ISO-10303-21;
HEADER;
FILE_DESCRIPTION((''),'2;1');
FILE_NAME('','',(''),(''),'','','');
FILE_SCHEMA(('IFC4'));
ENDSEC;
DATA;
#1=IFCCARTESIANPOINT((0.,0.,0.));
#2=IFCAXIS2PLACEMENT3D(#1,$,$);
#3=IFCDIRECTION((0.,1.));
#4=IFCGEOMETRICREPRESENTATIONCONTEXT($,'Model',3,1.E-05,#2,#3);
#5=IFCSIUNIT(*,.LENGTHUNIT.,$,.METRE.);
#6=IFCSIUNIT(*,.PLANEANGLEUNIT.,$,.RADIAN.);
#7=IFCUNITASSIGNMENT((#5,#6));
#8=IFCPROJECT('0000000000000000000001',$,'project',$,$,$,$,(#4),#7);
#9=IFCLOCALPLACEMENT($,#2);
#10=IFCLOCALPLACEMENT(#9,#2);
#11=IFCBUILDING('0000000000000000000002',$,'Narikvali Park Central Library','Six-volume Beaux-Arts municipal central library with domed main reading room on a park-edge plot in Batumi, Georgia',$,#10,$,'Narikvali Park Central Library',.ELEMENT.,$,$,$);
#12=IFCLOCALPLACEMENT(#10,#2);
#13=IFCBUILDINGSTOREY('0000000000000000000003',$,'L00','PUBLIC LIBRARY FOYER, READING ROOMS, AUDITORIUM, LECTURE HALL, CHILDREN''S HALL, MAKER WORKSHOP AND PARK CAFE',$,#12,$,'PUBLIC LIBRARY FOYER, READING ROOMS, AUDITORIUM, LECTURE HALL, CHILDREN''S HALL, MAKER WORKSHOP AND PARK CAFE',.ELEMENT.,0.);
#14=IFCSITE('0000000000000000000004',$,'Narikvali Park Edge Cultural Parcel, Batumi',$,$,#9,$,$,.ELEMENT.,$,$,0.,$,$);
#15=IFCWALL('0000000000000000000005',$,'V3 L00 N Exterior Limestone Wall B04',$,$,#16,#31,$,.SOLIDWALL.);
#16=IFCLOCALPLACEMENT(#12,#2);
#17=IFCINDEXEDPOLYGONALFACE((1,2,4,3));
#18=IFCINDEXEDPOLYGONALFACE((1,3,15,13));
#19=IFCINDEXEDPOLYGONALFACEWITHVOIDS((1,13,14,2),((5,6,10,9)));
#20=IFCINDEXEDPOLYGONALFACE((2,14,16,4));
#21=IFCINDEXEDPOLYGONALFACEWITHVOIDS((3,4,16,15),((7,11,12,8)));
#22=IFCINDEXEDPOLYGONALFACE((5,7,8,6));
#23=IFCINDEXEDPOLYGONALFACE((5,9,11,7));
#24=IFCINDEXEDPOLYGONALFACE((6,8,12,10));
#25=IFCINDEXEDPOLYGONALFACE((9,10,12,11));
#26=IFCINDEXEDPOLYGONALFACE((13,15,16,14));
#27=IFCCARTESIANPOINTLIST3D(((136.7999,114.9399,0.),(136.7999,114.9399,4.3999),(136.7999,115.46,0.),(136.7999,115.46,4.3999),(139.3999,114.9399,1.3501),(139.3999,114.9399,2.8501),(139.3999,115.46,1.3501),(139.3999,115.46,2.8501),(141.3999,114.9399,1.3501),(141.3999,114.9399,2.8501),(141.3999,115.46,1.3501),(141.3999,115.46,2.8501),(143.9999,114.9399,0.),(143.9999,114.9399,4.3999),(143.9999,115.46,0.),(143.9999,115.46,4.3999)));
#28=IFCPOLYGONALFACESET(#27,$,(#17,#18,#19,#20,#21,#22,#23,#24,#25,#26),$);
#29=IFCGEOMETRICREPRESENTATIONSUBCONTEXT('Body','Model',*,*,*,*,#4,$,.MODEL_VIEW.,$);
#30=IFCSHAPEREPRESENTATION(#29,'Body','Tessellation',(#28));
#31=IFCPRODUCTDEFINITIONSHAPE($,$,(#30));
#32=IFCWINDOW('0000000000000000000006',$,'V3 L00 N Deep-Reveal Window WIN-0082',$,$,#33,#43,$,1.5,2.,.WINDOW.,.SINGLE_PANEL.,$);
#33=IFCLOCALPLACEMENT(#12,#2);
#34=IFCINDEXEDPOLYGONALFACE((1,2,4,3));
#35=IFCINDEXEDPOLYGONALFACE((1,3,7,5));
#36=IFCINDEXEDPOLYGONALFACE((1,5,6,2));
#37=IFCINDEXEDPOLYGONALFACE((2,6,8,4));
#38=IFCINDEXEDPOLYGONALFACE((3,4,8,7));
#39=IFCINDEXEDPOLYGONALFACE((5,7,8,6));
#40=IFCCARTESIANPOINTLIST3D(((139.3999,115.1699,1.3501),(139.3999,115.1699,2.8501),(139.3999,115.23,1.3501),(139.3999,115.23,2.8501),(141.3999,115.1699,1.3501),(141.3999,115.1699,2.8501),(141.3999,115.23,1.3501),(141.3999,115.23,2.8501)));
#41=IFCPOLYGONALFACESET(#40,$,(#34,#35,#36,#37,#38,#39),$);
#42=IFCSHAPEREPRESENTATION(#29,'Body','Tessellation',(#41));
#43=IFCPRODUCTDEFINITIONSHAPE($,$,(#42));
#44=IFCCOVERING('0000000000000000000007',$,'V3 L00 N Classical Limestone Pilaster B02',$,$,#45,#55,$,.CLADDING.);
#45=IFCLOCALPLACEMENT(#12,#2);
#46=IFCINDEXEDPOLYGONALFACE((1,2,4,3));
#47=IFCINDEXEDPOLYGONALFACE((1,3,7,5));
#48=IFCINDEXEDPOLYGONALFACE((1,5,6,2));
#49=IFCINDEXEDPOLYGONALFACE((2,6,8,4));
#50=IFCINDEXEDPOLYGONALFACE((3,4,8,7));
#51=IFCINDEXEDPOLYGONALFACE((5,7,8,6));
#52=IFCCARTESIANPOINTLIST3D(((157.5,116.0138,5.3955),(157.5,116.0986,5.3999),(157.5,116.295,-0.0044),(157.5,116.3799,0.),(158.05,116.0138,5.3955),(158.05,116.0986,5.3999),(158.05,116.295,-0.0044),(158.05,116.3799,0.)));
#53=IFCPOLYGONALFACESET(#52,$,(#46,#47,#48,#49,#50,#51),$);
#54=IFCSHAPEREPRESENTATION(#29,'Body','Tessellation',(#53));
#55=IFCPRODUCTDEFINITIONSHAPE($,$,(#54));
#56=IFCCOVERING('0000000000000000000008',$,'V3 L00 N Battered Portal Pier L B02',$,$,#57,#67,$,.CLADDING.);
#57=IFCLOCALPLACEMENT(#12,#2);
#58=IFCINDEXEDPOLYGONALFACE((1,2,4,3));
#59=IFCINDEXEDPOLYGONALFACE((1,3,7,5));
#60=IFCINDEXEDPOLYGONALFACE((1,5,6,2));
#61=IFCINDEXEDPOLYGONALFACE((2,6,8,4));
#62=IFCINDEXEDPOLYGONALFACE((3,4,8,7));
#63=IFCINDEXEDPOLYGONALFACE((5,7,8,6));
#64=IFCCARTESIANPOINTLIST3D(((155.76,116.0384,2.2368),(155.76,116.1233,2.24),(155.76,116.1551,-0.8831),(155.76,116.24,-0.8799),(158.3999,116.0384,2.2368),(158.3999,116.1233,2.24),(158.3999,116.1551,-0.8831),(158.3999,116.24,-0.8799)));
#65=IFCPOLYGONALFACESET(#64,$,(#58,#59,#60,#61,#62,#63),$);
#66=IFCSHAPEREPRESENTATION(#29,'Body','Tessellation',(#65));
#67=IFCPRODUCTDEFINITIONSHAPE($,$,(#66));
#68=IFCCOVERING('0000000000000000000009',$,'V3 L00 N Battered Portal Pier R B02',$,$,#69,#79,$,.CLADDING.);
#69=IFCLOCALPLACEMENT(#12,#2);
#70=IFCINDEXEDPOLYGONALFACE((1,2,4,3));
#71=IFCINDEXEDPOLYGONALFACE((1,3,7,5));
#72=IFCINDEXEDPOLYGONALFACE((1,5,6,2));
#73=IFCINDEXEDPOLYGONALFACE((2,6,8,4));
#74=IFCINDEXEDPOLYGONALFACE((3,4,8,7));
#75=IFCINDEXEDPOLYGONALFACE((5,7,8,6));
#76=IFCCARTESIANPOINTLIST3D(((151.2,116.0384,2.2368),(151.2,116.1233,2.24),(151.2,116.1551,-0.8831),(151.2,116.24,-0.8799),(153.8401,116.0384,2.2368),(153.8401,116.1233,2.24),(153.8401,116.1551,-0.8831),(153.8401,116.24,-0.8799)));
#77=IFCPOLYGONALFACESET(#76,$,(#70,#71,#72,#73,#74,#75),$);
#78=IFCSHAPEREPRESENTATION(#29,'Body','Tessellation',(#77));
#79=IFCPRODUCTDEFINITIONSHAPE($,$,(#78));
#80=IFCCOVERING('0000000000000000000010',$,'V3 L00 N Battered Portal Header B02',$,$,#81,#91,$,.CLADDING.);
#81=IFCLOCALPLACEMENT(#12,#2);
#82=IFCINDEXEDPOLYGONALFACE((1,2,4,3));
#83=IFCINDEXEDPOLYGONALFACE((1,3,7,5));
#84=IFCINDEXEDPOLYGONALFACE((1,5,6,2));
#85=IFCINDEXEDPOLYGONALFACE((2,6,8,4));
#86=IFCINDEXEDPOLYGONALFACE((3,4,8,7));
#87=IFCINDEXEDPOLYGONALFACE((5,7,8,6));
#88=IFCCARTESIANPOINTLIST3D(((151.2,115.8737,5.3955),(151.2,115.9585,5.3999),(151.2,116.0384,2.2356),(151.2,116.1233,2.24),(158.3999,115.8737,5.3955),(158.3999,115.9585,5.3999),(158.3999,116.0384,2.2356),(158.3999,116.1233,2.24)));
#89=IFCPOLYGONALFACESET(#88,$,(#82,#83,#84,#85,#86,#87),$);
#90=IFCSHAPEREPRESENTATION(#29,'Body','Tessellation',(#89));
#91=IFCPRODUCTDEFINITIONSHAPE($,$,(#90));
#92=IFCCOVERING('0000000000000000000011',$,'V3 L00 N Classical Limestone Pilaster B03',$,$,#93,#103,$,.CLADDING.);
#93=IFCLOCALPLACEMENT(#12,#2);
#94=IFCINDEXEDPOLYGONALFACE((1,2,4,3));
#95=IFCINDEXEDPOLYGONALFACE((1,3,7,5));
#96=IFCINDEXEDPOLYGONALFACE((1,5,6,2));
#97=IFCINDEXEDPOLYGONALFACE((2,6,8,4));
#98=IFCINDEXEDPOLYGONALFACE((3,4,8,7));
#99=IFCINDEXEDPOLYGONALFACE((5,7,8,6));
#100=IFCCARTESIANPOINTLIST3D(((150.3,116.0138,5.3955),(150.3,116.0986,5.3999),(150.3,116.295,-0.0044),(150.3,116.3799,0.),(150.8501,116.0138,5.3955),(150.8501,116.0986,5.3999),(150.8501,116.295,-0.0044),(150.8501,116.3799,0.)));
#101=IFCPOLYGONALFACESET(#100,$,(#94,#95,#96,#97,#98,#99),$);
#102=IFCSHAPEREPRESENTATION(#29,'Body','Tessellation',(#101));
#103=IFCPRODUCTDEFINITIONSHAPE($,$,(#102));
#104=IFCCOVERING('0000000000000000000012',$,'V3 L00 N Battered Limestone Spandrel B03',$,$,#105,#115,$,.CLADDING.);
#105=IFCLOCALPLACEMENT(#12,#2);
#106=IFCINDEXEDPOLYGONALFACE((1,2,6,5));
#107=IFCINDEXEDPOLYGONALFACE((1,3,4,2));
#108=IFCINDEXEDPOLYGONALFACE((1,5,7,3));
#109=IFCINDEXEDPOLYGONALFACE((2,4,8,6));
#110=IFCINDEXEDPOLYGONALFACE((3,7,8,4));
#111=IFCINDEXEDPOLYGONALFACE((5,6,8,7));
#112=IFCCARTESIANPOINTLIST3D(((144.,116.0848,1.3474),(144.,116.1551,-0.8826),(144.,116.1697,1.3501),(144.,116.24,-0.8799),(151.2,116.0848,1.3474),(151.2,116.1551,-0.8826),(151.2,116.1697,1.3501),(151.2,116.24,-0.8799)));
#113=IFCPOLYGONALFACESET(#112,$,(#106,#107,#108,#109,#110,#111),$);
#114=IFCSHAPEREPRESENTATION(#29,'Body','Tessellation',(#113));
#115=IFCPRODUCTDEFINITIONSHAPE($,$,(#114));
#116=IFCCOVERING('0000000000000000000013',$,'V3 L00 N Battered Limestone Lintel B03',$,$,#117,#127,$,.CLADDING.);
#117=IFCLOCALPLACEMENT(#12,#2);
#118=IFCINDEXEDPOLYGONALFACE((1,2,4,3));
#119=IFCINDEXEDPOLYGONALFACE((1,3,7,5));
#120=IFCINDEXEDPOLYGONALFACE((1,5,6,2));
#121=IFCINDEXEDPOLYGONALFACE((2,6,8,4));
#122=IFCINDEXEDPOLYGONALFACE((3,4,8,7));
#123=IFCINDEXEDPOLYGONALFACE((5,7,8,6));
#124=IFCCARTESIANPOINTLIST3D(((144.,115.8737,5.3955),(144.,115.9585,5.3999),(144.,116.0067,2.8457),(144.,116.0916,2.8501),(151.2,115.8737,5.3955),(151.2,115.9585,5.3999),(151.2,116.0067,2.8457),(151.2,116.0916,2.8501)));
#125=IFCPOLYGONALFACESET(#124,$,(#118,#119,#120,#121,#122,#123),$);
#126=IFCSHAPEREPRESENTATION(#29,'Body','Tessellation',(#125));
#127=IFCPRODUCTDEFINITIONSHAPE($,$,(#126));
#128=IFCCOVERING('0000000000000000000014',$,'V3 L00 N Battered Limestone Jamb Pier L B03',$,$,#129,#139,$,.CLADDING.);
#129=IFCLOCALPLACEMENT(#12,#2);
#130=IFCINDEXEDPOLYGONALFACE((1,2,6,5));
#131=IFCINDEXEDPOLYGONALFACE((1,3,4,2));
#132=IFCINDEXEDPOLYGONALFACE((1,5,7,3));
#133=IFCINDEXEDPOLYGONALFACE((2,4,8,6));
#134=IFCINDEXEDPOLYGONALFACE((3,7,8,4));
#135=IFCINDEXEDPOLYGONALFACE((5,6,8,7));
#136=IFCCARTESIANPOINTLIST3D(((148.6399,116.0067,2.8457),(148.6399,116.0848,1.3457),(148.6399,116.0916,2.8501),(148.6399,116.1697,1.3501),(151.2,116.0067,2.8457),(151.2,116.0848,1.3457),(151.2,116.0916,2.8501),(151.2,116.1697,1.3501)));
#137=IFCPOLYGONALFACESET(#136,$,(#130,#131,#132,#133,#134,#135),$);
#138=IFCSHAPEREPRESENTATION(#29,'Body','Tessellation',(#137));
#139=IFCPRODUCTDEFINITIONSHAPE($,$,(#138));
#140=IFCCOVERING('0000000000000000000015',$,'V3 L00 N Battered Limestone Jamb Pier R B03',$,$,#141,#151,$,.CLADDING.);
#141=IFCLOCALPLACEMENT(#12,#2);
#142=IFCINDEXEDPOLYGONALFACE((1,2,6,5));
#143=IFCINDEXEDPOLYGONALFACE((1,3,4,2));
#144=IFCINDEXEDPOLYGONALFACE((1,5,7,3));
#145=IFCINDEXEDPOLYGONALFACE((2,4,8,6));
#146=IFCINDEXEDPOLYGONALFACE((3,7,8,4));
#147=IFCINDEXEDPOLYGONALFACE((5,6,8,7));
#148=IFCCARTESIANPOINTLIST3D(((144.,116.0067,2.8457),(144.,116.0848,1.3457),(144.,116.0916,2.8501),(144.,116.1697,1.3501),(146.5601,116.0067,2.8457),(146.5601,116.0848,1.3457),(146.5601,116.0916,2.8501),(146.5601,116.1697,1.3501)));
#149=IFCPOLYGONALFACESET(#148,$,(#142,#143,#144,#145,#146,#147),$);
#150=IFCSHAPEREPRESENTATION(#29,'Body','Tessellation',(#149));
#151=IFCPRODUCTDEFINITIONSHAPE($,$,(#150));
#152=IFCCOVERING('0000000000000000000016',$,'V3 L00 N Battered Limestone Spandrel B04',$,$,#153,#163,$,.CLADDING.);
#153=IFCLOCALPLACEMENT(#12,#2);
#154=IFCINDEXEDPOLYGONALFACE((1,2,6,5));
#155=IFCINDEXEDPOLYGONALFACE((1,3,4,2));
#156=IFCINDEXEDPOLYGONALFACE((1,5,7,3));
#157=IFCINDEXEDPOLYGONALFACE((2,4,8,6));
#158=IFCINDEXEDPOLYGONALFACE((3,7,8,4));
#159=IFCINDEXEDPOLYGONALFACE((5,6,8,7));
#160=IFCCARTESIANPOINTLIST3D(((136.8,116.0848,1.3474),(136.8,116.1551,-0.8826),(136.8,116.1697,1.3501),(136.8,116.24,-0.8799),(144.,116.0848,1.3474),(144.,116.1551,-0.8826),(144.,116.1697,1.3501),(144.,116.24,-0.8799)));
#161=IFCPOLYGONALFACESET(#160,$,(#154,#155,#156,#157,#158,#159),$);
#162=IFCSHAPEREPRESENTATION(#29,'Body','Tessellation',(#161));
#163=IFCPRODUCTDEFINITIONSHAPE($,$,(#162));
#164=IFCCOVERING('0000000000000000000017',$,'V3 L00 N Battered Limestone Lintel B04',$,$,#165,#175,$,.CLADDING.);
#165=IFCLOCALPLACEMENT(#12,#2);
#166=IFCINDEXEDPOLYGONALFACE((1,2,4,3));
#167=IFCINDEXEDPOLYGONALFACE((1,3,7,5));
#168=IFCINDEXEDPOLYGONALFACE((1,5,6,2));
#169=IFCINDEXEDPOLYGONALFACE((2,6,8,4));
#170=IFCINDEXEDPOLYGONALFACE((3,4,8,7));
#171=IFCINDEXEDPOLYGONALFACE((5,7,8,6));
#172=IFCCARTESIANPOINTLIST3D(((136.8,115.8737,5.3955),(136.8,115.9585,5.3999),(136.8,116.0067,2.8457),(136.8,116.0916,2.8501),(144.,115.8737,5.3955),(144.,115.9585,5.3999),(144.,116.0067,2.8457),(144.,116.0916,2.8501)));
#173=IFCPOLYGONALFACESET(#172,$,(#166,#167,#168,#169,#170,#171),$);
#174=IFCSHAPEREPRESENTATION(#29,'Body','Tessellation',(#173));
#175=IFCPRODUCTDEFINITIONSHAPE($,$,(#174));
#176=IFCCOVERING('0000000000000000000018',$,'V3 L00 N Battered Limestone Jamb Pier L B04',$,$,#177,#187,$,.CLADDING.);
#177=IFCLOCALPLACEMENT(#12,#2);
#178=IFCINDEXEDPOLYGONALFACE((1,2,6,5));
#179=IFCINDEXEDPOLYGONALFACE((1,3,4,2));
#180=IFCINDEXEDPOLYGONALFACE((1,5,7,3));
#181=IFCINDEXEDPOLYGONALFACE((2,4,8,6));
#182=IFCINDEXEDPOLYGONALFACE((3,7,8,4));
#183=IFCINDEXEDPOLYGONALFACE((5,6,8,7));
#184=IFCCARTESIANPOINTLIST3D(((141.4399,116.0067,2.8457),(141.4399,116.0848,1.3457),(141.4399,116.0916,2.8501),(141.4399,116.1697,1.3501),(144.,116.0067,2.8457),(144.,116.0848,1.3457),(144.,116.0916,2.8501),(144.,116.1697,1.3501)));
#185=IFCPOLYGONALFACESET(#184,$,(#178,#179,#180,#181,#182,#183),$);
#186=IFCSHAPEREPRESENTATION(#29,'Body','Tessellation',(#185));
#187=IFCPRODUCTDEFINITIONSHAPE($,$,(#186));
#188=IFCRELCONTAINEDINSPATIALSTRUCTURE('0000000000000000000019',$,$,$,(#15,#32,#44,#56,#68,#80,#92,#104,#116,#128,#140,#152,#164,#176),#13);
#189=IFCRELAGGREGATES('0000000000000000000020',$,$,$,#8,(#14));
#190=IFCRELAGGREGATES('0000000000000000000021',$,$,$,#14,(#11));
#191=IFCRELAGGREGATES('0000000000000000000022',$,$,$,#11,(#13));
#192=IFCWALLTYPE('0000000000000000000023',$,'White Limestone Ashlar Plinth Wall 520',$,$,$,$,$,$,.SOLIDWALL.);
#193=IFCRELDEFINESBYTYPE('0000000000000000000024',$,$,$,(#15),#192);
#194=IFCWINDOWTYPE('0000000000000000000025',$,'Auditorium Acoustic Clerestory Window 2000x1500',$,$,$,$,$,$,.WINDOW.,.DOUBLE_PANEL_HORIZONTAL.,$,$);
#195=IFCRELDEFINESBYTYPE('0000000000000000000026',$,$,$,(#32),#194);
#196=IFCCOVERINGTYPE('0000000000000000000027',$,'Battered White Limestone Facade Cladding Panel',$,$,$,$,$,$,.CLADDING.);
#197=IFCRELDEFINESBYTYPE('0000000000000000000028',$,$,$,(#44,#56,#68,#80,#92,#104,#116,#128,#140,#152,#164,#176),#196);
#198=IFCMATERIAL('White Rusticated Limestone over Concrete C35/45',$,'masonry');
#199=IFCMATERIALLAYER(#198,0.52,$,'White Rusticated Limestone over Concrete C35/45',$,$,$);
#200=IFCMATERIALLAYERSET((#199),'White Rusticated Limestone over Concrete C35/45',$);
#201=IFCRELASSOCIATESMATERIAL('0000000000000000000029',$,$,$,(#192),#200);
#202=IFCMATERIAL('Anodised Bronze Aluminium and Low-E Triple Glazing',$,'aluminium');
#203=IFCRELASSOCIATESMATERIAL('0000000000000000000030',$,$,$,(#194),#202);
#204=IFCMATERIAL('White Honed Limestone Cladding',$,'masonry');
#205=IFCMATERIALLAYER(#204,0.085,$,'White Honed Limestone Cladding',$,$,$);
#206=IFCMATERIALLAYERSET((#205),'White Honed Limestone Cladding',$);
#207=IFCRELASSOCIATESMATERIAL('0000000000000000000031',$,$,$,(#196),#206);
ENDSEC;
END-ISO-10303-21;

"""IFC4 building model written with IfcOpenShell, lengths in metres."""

from ifc_helpers import new_model, si_unit, direction, frame, frame_2d, origin, place, context, subcontext, project, spatial, polyline, rectangle, outline, extrude, material, layer, layer_set, type_object, element, fill, save


model = new_model("IFC4")

# Units and contexts
model_context = context("Model", 3, precision=1e-05, world=origin(), true_north=direction((0.0, 1.0)))
body_context = subcontext(model_context, "Body", "Model", "MODEL_VIEW")
ifc_project = project(units=[si_unit("LENGTHUNIT", "METRE"), si_unit("PLANEANGLEUNIT", "RADIAN")], contexts=[model_context])

# Site, building, storey
site_placement = place(None, origin())
site = spatial("IfcSite", under=ifc_project, at=site_placement, Name="Narikvali Park Edge Cultural Parcel, Batumi", CompositionType="ELEMENT", RefElevation=0.0)
building_placement = place(site_placement, origin())
building = spatial("IfcBuilding", under=site, at=building_placement, Name="Narikvali Park Central Library", Description="Six-volume Beaux-Arts municipal central library with domed main reading room on a park-edge plot in Batumi, Georgia", LongName="Narikvali Park Central Library", CompositionType="ELEMENT")
storey_placement = place(building_placement, origin())
storey = spatial("IfcBuildingStorey", under=building, at=storey_placement, Name="L00", Description="PUBLIC LIBRARY FOYER, READING ROOMS, AUDITORIUM, LECTURE HALL, CHILDREN'S HALL, MAKER WORKSHOP AND PARK CAFE", LongName="PUBLIC LIBRARY FOYER, READING ROOMS, AUDITORIUM, LECTURE HALL, CHILDREN'S HALL, MAKER WORKSHOP AND PARK CAFE", CompositionType="ELEMENT", Elevation=0.0)

# Shared definitions
ifc_material_1 = material(Name="White Rusticated Limestone over Concrete C35/45", Category="masonry")
ifc_layer_1 = layer(ifc_material_1, 0.52, Name="White Rusticated Limestone over Concrete C35/45")
ifc_layer_set_1 = layer_set([ifc_layer_1], Name="White Rusticated Limestone over Concrete C35/45")
wall_type = type_object("IfcWallType", Name="White Limestone Ashlar Plinth Wall 520", PredefinedType="SOLIDWALL", material=ifc_layer_set_1)

# Wall, opening, window
ifc_material_2 = material(Name="Anodised Bronze Aluminium and Low-E Triple Glazing", Category="aluminium")
window_type = type_object("IfcWindowType", Name="Auditorium Acoustic Clerestory Window 2000x1500", PartitioningType="DOUBLE_PANEL_HORIZONTAL", PredefinedType="WINDOW", material=ifc_material_2)
wall_1_placement = place(storey_placement, frame((144.0, 115.2, 0.0), z_axis=(0.0, 0.0, 1.0), x_axis=(-1.0, 0.0, 0.0)))
wall_1 = element("IfcWall", 1, at=wall_1_placement, inside=storey, type_object=wall_type, Name="V3 L00 N Exterior Limestone Wall B04", PredefinedType="SOLIDWALL", context=body_context, shape_type="SweptSolid", body=[
    extrude(rectangle(XDim=7.2, YDim=0.52, at=frame_2d((3.6001, 0.0))), origin(), (0.0, 0.0, 1.0), 4.3999),
])
opening_1_placement = place(wall_1_placement, frame((2.6001, 0.0, 1.3501)))
opening_1 = element("IfcOpeningElement", 2, at=opening_1_placement, cuts=wall_1, PredefinedType="OPENING", context=body_context, shape_type="SweptSolid", body=[
    extrude(rectangle(XDim=2.0, YDim=1.5, at=frame_2d((1.0, 0.75))), frame((0.0, 0.272, 0.0), z_axis=(0.0, -1.0, 0.0), x_axis=(1.0, 0.0, 0.0)), (0.0, 0.0, 1.0), 0.5439),
])
window_1_placement = place(opening_1_placement, origin())
window_1 = element("IfcWindow", 3, at=window_1_placement, inside=storey, type_object=window_type, Name="V3 L00 N Deep-Reveal Window WIN-0082", OverallHeight=1.5, OverallWidth=2.0, PartitioningType="SINGLE_PANEL", PredefinedType="WINDOW", context=body_context, shape_type="SweptSolid", body=[
    extrude(rectangle(XDim=2.0, YDim=1.5, at=frame_2d((1.0, 0.75))), frame((0.0, 0.03, 0.0), z_axis=(0.0, -1.0, 0.0), x_axis=(1.0, 0.0, 0.0)), (0.0, 0.0, 1.0), 0.0601),
])
fill(opening_1, window_1)

# Coverings
ifc_material_3 = material(Name="White Honed Limestone Cladding", Category="masonry")
ifc_layer_2 = layer(ifc_material_3, 0.085, Name="White Honed Limestone Cladding")
ifc_layer_set_2 = layer_set([ifc_layer_2], Name="White Honed Limestone Cladding")
covering_type = type_object("IfcCoveringType", Name="Battered White Limestone Facade Cladding Panel", PredefinedType="CLADDING", material=ifc_layer_set_2)
covering_1_placement = place(storey_placement, frame((158.05, 116.3799, 0.0), z_axis=(0.0, 0.998646, 0.052014), x_axis=(-1.0, 0.0, 0.0)))
element("IfcCovering", 4, at=covering_1_placement, inside=storey, type_object=covering_type, Name="V3 L00 N Classical Limestone Pilaster B02", PredefinedType="CLADDING", context=body_context, shape_type="SweptSolid", body=[
    extrude(outline(polyline([(0.0, 0.0), (0.55, 0.0), (0.55, 5.4072), (0.0, 5.4072), (0.0, 0.0)])), origin(), (0.0, 0.0, -1.0), 0.085),
])
covering_2_placement = place(storey_placement, frame((158.3999, 116.24, -0.8799), z_axis=(0.0, 0.999301, 0.037379), x_axis=(-1.0, 0.0, 0.0)))
element("IfcCovering", 5, at=covering_2_placement, inside=storey, type_object=covering_type, Name="V3 L00 N Battered Portal Pier L B02", PredefinedType="CLADDING", context=body_context, shape_type="SweptSolid", body=[
    extrude(outline(polyline([(0.0, 0.0), (2.6399, 0.0), (2.6399, 3.1221), (0.0, 3.1221), (0.0, 0.0)])), origin(), (0.0, 0.0, -1.0), 0.085),
])
covering_3_placement = place(storey_placement, frame((153.8401, 116.24, -0.8799), z_axis=(0.0, 0.999301, 0.037379), x_axis=(-1.0, 0.0, 0.0)))
element("IfcCovering", 6, at=covering_3_placement, inside=storey, type_object=covering_type, Name="V3 L00 N Battered Portal Pier R B02", PredefinedType="CLADDING", context=body_context, shape_type="SweptSolid", body=[
    extrude(outline(polyline([(0.0, 0.0), (2.6401, 0.0), (2.6401, 3.1221), (0.0, 3.1221), (0.0, 0.0)])), origin(), (0.0, 0.0, -1.0), 0.085),
])
covering_4_placement = place(storey_placement, frame((158.3999, 116.1233, 2.24), z_axis=(0.0, 0.998643, 0.052081), x_axis=(-1.0, 0.0, 0.0)))
element("IfcCovering", 7, at=covering_4_placement, inside=storey, type_object=covering_type, Name="V3 L00 N Battered Portal Header B02", PredefinedType="CLADDING", context=body_context, shape_type="SweptSolid", body=[
    extrude(outline(polyline([(0.0, 0.0), (7.2, 0.0), (7.2, 3.1642), (0.0, 3.1642), (0.0, 0.0)])), origin(), (0.0, 0.0, -1.0), 0.085),
])
covering_5_placement = place(storey_placement, frame((150.8501, 116.3799, 0.0), z_axis=(0.0, 0.998646, 0.052014), x_axis=(-1.0, 0.0, 0.0)))
element("IfcCovering", 8, at=covering_5_placement, inside=storey, type_object=covering_type, Name="V3 L00 N Classical Limestone Pilaster B03", PredefinedType="CLADDING", context=body_context, shape_type="SweptSolid", body=[
    extrude(outline(polyline([(0.0, 0.0), (0.55, 0.0), (0.55, 5.4072), (0.0, 5.4072), (0.0, 0.0)])), origin(), (0.0, 0.0, -1.0), 0.085),
])
covering_6_placement = place(storey_placement, frame((151.2, 116.24, -0.8799), z_axis=(0.0, 0.999503, 0.031515), x_axis=(-1.0, 0.0, 0.0)))
element("IfcCovering", 9, at=covering_6_placement, inside=storey, type_object=covering_type, Name="V3 L00 N Battered Limestone Spandrel B03", PredefinedType="CLADDING", context=body_context, shape_type="SweptSolid", body=[
    extrude(outline(polyline([(0.0, 0.0), (7.2, 0.0), (7.2, 2.2311), (0.0, 2.2311), (0.0, 0.0)])), origin(), (0.0, 0.0, -1.0), 0.085),
])
covering_7_placement = place(storey_placement, frame((151.2, 116.0916, 2.8501), z_axis=(0.0, 0.998641, 0.052112), x_axis=(-1.0, 0.0, 0.0)))
element("IfcCovering", 10, at=covering_7_placement, inside=storey, type_object=covering_type, Name="V3 L00 N Battered Limestone Lintel B03", PredefinedType="CLADDING", context=body_context, shape_type="SweptSolid", body=[
    extrude(outline(polyline([(0.0, 0.0), (7.2, 0.0), (7.2, 2.5533), (0.0, 2.5533), (0.0, 0.0)])), origin(), (0.0, 0.0, -1.0), 0.085),
])
for number, where, z_axis, x_axis, name in (
    (11, (151.2, 116.1697, 1.3501), (0.0, 0.998646, 0.052013), (-1.0, 0.0, 0.0), "V3 L00 N Battered Limestone Jamb Pier L B03"),
    (12, (146.5601, 116.1697, 1.3501), (0.0, 0.998646, 0.052013), (-1.0, 0.0, 0.0), "V3 L00 N Battered Limestone Jamb Pier R B03"),
):
    element("IfcCovering", number, at=place(storey_placement, frame(where, z_axis=z_axis, x_axis=x_axis)), inside=storey, type_object=covering_type, Name=name, PredefinedType="CLADDING", context=body_context, shape_type="SweptSolid", body=[
        extrude(outline(polyline([(0.0, 0.0), (2.5601, 0.0), (2.5601, 1.502), (0.0, 1.502), (0.0, 0.0)])), origin(), (0.0, 0.0, -1.0), 0.085),
    ])
covering_8_placement = place(storey_placement, frame((144.0, 116.24, -0.8799), z_axis=(0.0, 0.999503, 0.031515), x_axis=(-1.0, 0.0, 0.0)))
element("IfcCovering", 13, at=covering_8_placement, inside=storey, type_object=covering_type, Name="V3 L00 N Battered Limestone Spandrel B04", PredefinedType="CLADDING", context=body_context, shape_type="SweptSolid", body=[
    extrude(outline(polyline([(0.0, 0.0), (7.2, 0.0), (7.2, 2.2311), (0.0, 2.2311), (0.0, 0.0)])), origin(), (0.0, 0.0, -1.0), 0.085),
])
covering_9_placement = place(storey_placement, frame((144.0, 116.0916, 2.8501), z_axis=(0.0, 0.998641, 0.052112), x_axis=(-1.0, 0.0, 0.0)))
element("IfcCovering", 14, at=covering_9_placement, inside=storey, type_object=covering_type, Name="V3 L00 N Battered Limestone Lintel B04", PredefinedType="CLADDING", context=body_context, shape_type="SweptSolid", body=[
    extrude(outline(polyline([(0.0, 0.0), (7.2, 0.0), (7.2, 2.5533), (0.0, 2.5533), (0.0, 0.0)])), origin(), (0.0, 0.0, -1.0), 0.085),
])
covering_10_placement = place(storey_placement, frame((144.0, 116.1697, 1.3501), z_axis=(0.0, 0.998646, 0.052013), x_axis=(-1.0, 0.0, 0.0)))
element("IfcCovering", 15, at=covering_10_placement, inside=storey, type_object=covering_type, Name="V3 L00 N Battered Limestone Jamb Pier L B04", PredefinedType="CLADDING", context=body_context, shape_type="SweptSolid", body=[
    extrude(outline(polyline([(0.0, 0.0), (2.5601, 0.0), (2.5601, 1.502), (0.0, 1.502), (0.0, 0.0)])), origin(), (0.0, 0.0, -1.0), 0.085),
])

save(model, "model.ifc")
